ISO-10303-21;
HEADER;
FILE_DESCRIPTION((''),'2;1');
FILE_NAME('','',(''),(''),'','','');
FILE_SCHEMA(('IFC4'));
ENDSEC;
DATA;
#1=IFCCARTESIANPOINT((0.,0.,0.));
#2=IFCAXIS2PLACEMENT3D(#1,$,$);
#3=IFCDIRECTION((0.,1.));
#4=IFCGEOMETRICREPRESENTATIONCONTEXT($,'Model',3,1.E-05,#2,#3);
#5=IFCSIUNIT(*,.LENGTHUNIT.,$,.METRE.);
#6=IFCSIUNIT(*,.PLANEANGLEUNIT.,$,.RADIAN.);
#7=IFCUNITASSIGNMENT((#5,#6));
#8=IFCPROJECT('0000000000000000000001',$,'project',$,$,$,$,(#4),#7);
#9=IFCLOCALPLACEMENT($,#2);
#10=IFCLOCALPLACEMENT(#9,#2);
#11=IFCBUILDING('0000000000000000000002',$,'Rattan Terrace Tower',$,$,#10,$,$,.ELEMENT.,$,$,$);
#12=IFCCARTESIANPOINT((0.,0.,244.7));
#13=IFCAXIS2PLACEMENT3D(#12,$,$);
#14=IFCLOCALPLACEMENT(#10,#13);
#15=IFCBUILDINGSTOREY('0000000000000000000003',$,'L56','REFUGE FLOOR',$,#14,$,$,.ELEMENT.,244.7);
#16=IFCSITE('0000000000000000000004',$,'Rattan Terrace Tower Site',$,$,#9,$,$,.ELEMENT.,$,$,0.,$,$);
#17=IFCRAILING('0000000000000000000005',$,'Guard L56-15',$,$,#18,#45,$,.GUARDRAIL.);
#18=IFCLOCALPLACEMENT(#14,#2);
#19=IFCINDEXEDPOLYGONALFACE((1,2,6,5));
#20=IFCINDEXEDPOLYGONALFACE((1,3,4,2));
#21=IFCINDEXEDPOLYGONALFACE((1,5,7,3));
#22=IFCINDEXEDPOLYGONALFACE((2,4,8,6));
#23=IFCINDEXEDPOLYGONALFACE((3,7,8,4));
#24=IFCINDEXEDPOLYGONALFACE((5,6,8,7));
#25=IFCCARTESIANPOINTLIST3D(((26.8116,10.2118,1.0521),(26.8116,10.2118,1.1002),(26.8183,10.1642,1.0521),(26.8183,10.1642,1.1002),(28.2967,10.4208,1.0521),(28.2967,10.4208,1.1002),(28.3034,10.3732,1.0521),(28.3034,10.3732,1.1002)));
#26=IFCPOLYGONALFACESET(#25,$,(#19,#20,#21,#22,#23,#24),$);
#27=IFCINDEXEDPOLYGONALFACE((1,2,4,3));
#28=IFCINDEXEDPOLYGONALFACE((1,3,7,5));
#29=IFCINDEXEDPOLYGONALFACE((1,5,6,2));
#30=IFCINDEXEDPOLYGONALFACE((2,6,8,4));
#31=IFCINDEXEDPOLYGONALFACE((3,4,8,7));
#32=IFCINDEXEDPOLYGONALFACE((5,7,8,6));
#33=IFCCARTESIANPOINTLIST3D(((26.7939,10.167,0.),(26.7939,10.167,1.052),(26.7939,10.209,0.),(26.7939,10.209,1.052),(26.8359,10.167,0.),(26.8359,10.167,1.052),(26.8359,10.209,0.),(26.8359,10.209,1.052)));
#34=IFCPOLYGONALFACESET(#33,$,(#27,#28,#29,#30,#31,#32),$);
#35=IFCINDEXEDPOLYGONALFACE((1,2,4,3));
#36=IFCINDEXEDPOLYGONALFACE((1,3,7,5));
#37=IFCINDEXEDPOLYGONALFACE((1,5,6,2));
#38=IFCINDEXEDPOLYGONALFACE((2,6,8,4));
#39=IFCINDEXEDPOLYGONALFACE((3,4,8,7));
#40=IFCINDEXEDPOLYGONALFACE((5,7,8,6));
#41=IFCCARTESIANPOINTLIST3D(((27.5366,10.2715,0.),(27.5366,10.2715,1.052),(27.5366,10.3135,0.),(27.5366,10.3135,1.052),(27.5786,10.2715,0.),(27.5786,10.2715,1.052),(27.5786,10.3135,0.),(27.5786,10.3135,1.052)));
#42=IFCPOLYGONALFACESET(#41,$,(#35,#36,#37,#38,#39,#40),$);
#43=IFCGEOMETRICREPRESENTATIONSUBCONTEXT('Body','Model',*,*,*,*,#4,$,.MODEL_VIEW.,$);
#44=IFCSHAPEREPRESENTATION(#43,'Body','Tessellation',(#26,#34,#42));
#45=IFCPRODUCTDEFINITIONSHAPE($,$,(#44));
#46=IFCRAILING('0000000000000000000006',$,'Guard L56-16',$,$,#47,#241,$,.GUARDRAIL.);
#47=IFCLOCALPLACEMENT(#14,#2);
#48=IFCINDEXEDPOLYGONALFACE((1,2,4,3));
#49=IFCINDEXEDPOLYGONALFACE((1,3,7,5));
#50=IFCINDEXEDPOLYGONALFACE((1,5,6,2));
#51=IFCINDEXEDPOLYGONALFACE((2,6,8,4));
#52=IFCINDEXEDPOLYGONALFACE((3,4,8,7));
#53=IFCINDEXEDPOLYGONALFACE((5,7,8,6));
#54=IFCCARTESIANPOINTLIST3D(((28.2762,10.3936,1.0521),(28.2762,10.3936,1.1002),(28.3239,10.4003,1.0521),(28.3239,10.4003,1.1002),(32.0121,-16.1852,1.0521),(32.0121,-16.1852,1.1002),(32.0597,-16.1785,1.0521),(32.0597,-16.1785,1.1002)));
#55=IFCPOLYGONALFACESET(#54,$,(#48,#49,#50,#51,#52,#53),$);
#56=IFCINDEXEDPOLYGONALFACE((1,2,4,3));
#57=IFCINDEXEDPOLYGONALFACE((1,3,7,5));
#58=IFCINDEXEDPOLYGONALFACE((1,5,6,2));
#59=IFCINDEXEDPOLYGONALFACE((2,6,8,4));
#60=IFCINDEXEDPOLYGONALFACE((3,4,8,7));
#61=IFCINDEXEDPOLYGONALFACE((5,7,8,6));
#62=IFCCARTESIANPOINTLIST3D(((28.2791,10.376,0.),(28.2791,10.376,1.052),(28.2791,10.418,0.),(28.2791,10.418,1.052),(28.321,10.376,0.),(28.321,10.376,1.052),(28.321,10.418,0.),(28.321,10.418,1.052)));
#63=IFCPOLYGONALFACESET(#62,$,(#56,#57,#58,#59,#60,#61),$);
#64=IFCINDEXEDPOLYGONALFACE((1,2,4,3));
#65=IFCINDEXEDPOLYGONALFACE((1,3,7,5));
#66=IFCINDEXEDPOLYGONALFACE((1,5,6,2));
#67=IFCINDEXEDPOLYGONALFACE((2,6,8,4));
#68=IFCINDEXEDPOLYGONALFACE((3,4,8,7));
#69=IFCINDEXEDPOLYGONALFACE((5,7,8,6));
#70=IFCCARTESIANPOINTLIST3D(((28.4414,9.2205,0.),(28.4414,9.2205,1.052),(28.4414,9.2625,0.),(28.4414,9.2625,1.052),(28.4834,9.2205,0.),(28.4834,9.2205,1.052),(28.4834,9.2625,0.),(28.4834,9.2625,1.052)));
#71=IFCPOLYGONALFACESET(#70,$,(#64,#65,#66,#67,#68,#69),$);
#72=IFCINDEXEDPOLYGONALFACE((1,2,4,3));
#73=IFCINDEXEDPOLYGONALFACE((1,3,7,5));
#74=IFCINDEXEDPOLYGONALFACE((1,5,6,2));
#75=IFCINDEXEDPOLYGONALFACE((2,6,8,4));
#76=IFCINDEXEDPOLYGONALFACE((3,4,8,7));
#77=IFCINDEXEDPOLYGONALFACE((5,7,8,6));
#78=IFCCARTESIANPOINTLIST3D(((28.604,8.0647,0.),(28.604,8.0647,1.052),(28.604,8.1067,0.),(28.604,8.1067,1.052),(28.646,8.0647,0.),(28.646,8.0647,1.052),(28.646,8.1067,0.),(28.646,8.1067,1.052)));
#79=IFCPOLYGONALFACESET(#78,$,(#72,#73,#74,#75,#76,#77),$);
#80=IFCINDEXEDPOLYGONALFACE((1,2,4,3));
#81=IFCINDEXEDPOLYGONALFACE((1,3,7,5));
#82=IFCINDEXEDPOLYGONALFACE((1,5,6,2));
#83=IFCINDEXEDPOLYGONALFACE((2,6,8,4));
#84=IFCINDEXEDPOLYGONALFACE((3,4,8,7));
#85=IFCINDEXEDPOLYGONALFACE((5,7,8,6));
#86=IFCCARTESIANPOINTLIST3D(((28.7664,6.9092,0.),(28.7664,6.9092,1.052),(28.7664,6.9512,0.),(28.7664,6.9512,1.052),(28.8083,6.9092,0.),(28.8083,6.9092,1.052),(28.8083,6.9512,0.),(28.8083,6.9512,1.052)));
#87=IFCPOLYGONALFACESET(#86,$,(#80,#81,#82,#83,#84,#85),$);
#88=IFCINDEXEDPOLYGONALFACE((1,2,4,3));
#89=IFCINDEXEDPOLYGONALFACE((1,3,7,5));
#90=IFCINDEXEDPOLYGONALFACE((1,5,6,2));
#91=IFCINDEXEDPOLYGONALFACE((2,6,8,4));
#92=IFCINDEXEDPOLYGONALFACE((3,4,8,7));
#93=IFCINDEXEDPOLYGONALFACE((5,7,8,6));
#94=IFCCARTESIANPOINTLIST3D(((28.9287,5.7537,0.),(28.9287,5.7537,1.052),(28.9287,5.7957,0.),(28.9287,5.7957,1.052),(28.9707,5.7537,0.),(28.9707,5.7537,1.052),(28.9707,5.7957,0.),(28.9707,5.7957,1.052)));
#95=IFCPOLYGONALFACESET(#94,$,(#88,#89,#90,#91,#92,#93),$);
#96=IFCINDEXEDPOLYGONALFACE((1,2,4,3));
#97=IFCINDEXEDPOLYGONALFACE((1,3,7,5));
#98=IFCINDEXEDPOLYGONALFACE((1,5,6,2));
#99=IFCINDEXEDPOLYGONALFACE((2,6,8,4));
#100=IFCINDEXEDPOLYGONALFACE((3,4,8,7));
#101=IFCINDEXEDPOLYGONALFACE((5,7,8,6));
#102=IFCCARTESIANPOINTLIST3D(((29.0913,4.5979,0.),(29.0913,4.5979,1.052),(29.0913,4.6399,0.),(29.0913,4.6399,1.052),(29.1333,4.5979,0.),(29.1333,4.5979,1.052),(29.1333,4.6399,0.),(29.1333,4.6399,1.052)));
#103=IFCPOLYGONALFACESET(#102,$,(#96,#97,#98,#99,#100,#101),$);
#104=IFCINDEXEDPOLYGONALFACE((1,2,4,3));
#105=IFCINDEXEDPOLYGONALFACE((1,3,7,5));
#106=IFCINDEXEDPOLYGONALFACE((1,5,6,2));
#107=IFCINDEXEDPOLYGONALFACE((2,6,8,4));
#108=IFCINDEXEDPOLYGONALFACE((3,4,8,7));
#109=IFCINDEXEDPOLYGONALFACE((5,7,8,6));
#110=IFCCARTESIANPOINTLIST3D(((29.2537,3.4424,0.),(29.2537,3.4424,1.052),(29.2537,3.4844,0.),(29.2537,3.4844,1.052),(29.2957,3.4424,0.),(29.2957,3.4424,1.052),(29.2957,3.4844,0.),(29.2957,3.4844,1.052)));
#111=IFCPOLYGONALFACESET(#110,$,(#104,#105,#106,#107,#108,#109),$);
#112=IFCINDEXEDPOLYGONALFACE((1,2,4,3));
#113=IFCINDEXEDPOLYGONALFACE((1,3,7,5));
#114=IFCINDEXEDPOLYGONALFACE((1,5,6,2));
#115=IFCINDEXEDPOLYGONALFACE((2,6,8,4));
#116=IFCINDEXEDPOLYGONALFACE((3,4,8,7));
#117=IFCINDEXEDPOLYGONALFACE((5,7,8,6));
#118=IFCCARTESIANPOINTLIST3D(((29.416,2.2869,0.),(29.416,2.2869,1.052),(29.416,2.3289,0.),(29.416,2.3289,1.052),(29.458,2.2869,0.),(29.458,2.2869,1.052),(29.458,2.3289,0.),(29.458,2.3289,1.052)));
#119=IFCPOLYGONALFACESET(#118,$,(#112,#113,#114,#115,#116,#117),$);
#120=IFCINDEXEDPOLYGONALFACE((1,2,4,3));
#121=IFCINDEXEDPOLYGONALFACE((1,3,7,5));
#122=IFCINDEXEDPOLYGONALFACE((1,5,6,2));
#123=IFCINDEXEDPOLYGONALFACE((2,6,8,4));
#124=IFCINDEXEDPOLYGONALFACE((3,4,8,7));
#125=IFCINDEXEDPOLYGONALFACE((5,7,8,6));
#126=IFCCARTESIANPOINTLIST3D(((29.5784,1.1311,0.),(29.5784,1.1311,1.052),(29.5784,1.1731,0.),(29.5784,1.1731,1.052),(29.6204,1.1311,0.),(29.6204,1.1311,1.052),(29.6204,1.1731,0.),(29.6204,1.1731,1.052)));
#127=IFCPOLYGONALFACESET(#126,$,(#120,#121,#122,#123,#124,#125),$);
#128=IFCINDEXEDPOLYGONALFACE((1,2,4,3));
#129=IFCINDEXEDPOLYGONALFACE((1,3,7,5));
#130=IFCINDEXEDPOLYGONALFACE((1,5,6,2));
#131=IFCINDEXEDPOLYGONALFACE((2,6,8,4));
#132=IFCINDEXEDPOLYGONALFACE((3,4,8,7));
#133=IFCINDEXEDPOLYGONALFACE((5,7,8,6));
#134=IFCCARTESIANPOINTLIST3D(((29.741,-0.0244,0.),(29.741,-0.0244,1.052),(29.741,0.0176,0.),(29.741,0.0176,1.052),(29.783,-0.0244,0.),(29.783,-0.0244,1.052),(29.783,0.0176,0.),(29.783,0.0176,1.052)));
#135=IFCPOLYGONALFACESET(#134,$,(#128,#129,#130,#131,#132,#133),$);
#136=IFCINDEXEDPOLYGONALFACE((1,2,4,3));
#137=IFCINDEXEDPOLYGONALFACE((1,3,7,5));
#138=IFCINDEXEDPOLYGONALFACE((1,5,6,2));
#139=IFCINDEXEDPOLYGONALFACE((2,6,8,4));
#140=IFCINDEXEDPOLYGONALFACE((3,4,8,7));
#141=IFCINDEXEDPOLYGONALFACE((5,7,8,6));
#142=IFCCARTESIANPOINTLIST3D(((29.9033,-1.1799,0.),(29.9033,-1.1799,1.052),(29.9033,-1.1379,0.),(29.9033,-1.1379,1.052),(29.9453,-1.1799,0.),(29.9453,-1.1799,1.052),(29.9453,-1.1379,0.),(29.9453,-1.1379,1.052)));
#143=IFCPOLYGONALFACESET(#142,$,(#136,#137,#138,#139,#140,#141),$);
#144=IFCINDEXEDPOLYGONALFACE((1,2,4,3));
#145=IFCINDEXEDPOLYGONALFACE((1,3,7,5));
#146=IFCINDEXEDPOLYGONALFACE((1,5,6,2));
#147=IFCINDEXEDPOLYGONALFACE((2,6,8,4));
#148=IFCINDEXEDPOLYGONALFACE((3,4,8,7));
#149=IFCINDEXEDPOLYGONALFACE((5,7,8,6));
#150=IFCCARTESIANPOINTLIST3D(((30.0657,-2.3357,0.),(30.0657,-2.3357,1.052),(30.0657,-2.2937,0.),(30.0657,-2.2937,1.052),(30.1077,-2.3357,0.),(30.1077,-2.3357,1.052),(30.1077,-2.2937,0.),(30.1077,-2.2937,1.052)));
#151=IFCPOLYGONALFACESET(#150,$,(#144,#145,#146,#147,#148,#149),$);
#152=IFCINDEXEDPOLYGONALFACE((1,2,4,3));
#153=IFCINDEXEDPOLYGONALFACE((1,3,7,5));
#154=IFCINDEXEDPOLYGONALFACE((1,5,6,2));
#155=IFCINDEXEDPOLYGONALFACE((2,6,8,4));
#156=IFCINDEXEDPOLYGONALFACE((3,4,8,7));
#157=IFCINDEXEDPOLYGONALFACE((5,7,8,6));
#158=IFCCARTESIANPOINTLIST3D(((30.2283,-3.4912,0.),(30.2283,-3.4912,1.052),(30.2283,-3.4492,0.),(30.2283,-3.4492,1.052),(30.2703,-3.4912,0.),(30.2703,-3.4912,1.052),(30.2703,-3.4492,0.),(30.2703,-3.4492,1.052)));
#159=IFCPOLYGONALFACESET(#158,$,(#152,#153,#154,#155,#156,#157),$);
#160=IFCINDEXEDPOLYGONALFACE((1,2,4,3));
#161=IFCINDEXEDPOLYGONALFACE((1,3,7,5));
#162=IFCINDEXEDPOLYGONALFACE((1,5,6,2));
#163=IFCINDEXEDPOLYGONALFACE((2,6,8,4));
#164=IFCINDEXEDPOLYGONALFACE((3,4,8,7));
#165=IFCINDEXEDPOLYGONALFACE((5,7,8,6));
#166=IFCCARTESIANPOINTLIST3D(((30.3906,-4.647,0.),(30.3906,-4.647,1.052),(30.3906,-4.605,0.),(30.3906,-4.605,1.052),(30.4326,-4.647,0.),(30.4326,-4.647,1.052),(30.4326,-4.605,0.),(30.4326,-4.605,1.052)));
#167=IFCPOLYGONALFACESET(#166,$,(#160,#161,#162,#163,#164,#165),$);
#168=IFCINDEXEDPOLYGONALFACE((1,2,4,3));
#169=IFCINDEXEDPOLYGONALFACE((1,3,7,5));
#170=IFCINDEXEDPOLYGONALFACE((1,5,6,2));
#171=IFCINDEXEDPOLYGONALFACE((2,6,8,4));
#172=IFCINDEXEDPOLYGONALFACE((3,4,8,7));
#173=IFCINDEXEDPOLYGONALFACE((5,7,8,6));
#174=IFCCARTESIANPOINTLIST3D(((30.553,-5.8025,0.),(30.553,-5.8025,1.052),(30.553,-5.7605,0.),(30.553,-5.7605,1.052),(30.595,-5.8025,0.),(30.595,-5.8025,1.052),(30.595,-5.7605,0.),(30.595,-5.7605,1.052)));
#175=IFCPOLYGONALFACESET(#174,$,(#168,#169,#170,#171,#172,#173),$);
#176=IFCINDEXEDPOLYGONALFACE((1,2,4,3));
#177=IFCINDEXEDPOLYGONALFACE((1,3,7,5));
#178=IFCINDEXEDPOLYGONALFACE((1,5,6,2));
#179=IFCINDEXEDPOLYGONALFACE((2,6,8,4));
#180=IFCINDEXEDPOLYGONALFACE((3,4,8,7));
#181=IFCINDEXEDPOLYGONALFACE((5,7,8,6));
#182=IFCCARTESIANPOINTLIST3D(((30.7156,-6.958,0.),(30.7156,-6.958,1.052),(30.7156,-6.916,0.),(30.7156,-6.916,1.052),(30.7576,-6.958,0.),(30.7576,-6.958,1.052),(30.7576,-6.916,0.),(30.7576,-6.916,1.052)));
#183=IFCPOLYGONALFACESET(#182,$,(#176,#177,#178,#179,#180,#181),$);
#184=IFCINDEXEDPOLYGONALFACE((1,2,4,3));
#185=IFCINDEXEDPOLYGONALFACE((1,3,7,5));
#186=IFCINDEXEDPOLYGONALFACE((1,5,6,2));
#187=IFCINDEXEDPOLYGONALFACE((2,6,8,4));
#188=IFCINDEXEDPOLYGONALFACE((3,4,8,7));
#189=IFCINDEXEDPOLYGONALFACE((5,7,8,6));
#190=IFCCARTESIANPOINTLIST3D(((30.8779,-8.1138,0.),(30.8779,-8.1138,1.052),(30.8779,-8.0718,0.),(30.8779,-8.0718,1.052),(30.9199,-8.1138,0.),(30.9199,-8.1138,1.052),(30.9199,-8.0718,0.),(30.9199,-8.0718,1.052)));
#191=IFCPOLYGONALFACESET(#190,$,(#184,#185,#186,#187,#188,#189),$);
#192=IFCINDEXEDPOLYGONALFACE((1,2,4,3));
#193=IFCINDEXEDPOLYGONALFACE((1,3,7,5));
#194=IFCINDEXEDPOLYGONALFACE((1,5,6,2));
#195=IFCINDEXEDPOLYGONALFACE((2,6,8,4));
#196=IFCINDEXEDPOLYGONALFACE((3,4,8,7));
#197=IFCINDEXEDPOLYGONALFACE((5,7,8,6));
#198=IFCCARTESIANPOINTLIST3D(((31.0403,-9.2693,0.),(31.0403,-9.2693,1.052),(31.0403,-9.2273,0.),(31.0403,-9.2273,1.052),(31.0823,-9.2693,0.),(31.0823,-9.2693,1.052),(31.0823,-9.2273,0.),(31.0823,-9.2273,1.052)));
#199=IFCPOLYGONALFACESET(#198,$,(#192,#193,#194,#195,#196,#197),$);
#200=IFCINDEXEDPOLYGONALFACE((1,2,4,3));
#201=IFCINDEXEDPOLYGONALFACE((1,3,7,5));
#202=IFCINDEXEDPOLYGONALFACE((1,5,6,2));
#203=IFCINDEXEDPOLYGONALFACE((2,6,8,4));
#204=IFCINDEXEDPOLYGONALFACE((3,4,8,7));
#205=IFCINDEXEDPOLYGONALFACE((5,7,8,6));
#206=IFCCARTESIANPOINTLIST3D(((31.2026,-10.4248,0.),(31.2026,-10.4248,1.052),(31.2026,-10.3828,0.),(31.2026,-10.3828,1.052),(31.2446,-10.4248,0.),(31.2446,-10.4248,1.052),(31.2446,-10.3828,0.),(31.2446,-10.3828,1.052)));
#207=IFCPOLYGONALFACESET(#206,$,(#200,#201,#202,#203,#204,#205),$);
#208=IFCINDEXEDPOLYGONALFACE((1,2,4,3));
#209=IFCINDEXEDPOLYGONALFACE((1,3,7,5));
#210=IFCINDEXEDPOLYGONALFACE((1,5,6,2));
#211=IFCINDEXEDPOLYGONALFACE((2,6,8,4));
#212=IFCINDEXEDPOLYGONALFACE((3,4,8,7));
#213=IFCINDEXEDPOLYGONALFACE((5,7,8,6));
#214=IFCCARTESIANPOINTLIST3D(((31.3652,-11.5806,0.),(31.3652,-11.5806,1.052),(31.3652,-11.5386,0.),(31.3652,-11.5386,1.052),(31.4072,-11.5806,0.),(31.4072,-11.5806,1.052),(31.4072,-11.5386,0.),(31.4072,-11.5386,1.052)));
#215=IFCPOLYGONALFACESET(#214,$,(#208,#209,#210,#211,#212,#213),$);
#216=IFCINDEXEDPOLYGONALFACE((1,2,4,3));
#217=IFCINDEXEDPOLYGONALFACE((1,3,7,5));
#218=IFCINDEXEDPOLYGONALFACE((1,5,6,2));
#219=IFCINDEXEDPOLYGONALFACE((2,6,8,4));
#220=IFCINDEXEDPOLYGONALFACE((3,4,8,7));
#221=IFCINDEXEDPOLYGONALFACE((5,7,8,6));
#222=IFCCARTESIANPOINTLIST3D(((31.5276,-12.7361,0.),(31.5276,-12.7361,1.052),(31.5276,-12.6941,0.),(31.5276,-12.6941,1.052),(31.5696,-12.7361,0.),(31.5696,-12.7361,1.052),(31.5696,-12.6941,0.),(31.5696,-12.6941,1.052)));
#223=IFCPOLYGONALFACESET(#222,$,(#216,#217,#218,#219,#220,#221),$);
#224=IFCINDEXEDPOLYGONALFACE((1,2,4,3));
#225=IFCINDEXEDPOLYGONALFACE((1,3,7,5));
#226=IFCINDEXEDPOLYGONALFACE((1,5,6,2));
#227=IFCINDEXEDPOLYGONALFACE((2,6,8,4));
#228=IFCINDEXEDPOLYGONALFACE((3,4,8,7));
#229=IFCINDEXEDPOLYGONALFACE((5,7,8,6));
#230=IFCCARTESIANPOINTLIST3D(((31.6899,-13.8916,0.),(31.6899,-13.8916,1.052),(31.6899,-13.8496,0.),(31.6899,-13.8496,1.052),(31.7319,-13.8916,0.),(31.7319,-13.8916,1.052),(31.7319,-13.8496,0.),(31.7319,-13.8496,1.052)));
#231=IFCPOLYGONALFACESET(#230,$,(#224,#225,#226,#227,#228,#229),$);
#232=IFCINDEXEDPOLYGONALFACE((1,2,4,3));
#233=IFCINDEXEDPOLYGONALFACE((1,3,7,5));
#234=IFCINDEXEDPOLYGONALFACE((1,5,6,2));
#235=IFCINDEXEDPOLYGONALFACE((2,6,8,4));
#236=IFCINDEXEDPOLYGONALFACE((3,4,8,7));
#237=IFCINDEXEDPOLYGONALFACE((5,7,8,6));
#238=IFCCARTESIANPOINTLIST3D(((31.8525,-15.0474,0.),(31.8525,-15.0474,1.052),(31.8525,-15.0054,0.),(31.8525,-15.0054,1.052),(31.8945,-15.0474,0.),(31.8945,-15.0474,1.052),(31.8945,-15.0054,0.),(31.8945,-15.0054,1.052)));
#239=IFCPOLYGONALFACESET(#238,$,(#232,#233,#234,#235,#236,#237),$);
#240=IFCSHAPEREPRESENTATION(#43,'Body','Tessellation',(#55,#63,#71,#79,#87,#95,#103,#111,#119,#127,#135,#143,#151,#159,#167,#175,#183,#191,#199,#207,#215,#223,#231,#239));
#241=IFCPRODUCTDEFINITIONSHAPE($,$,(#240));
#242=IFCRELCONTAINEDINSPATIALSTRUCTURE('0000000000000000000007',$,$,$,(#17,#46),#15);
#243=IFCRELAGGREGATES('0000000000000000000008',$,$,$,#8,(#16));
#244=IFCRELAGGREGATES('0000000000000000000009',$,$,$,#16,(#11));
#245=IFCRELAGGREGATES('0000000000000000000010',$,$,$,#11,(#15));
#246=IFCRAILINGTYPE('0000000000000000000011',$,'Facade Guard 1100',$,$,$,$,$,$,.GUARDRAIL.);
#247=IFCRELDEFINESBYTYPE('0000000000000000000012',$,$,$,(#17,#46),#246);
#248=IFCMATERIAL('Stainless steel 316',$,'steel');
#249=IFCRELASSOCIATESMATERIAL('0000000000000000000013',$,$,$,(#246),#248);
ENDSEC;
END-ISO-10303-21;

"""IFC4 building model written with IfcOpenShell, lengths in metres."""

from ifc_helpers import new_model, si_unit, direction, frame, origin, origin_2d, place, context, subcontext, project, spatial, rectangle, extrude, material, type_object, element, save


model = new_model("IFC4")

# Units and contexts
model_context = context("Model", 3, precision=1e-05, world=origin(), true_north=direction((0.0, 1.0)))
body_context = subcontext(model_context, "Body", "Model", "MODEL_VIEW")
ifc_project = project(units=[si_unit("LENGTHUNIT", "METRE"), si_unit("PLANEANGLEUNIT", "RADIAN")], contexts=[model_context])

# Site, building, storey
site_placement = place(None, origin())
site = spatial("IfcSite", under=ifc_project, at=site_placement, Name="Rattan Terrace Tower Site", CompositionType="ELEMENT", RefElevation=0.0)
building_placement = place(site_placement, origin())
building = spatial("IfcBuilding", under=site, at=building_placement, Name="Rattan Terrace Tower", CompositionType="ELEMENT")
storey_placement = place(building_placement, frame((0.0, 0.0, 244.7)))
storey = spatial("IfcBuildingStorey", under=building, at=storey_placement, Name="L56", Description="REFUGE FLOOR", CompositionType="ELEMENT", Elevation=244.7)

# Railings
ifc_material_1 = material(Name="Stainless steel 316", Category="steel")
railing_type_1 = type_object("IfcRailingType", Name="Facade Guard 1100", PredefinedType="GUARDRAIL", material=ifc_material_1)
railing_1_placement = place(storey_placement, frame((26.8149, 10.188, 0.0)))
element("IfcRailing", 1, at=railing_1_placement, inside=storey, type_object=railing_type_1, Name="Guard L56-15", PredefinedType="GUARDRAIL", context=body_context, shape_type="SweptSolid", body=[
    extrude(rectangle(XDim=0.0481, YDim=0.0481, at=origin_2d()), frame((0.0, 0.0, 1.0762), z_axis=(0.990244, 0.139347, 0.0), x_axis=(-0.139347, 0.990244, 0.0)), (0.0, 0.0, 1.0), 1.4998),
    extrude(rectangle(XDim=0.042, YDim=0.042, at=origin_2d()), origin(), (0.0, 0.0, 1.0), 1.052),
    extrude(rectangle(XDim=0.042, YDim=0.042, at=origin_2d()), frame((0.7427, 0.1045, 0.0)), (0.0, 0.0, 1.0), 1.052),
])
railing_2_placement = place(storey_placement, frame((28.3, 10.397, 0.0)))
element("IfcRailing", 2, at=railing_2_placement, inside=storey, type_object=railing_type_1, Name="Guard L56-16", PredefinedType="GUARDRAIL", context=body_context, shape_type="SweptSolid", body=[
    extrude(rectangle(XDim=0.0481, YDim=0.0481, at=origin_2d()), frame((0.0, 0.0, 1.0762), z_axis=(0.139189, -0.990266, 0.0), x_axis=(0.990266, 0.139189, 0.0)), (0.0, 0.0, 1.0), 26.8401),
    extrude(rectangle(XDim=0.042, YDim=0.042, at=origin_2d()), origin(), (0.0, 0.0, 1.0), 1.052),
    extrude(rectangle(XDim=0.042, YDim=0.042, at=origin_2d()), frame((0.1624, -1.1555, 0.0)), (0.0, 0.0, 1.0), 1.052),
    extrude(rectangle(XDim=0.042, YDim=0.042, at=origin_2d()), frame((0.325, -2.3113, 0.0)), (0.0, 0.0, 1.0), 1.052),
    extrude(rectangle(XDim=0.042, YDim=0.042, at=origin_2d()), frame((0.4873, -3.4668, 0.0)), (0.0, 0.0, 1.0), 1.052),
    extrude(rectangle(XDim=0.042, YDim=0.042, at=origin_2d()), frame((0.6497, -4.6223, 0.0)), (0.0, 0.0, 1.0), 1.052),
    extrude(rectangle(XDim=0.042, YDim=0.042, at=origin_2d()), frame((0.8123, -5.7781, 0.0)), (0.0, 0.0, 1.0), 1.052),
    extrude(rectangle(XDim=0.042, YDim=0.042, at=origin_2d()), frame((0.9746, -6.9336, 0.0)), (0.0, 0.0, 1.0), 1.052),
    extrude(rectangle(XDim=0.042, YDim=0.042, at=origin_2d()), frame((1.137, -8.0891, 0.0)), (0.0, 0.0, 1.0), 1.052),
    extrude(rectangle(XDim=0.042, YDim=0.042, at=origin_2d()), frame((1.2993, -9.2449, 0.0)), (0.0, 0.0, 1.0), 1.052),
    extrude(rectangle(XDim=0.042, YDim=0.042, at=origin_2d()), frame((1.4619, -10.4004, 0.0)), (0.0, 0.0, 1.0), 1.052),
    extrude(rectangle(XDim=0.042, YDim=0.042, at=origin_2d()), frame((1.6243, -11.5559, 0.0)), (0.0, 0.0, 1.0), 1.052),
    extrude(rectangle(XDim=0.042, YDim=0.042, at=origin_2d()), frame((1.7866, -12.7117, 0.0)), (0.0, 0.0, 1.0), 1.052),
    extrude(rectangle(XDim=0.042, YDim=0.042, at=origin_2d()), frame((1.9492, -13.8672, 0.0)), (0.0, 0.0, 1.0), 1.052),
    extrude(rectangle(XDim=0.042, YDim=0.042, at=origin_2d()), frame((2.1116, -15.0229, 0.0)), (0.0, 0.0, 1.0), 1.052),
    extrude(rectangle(XDim=0.042, YDim=0.042, at=origin_2d()), frame((2.2739, -16.1785, 0.0)), (0.0, 0.0, 1.0), 1.052),
    extrude(rectangle(XDim=0.042, YDim=0.042, at=origin_2d()), frame((2.4365, -17.334, 0.0)), (0.0, 0.0, 1.0), 1.052),
    extrude(rectangle(XDim=0.042, YDim=0.042, at=origin_2d()), frame((2.5989, -18.4897, 0.0)), (0.0, 0.0, 1.0), 1.052),
    extrude(rectangle(XDim=0.042, YDim=0.042, at=origin_2d()), frame((2.7612, -19.6453, 0.0)), (0.0, 0.0, 1.0), 1.052),
    extrude(rectangle(XDim=0.042, YDim=0.042, at=origin_2d()), frame((2.9236, -20.8008, 0.0)), (0.0, 0.0, 1.0), 1.052),
    extrude(rectangle(XDim=0.042, YDim=0.042, at=origin_2d()), frame((3.0862, -21.9565, 0.0)), (0.0, 0.0, 1.0), 1.052),
    extrude(rectangle(XDim=0.042, YDim=0.042, at=origin_2d()), frame((3.2485, -23.1121, 0.0)), (0.0, 0.0, 1.0), 1.052),
    extrude(rectangle(XDim=0.042, YDim=0.042, at=origin_2d()), frame((3.4109, -24.2676, 0.0)), (0.0, 0.0, 1.0), 1.052),
    extrude(rectangle(XDim=0.042, YDim=0.042, at=origin_2d()), frame((3.5735, -25.4233, 0.0)), (0.0, 0.0, 1.0), 1.052),
])

save(model, "model.ifc")
